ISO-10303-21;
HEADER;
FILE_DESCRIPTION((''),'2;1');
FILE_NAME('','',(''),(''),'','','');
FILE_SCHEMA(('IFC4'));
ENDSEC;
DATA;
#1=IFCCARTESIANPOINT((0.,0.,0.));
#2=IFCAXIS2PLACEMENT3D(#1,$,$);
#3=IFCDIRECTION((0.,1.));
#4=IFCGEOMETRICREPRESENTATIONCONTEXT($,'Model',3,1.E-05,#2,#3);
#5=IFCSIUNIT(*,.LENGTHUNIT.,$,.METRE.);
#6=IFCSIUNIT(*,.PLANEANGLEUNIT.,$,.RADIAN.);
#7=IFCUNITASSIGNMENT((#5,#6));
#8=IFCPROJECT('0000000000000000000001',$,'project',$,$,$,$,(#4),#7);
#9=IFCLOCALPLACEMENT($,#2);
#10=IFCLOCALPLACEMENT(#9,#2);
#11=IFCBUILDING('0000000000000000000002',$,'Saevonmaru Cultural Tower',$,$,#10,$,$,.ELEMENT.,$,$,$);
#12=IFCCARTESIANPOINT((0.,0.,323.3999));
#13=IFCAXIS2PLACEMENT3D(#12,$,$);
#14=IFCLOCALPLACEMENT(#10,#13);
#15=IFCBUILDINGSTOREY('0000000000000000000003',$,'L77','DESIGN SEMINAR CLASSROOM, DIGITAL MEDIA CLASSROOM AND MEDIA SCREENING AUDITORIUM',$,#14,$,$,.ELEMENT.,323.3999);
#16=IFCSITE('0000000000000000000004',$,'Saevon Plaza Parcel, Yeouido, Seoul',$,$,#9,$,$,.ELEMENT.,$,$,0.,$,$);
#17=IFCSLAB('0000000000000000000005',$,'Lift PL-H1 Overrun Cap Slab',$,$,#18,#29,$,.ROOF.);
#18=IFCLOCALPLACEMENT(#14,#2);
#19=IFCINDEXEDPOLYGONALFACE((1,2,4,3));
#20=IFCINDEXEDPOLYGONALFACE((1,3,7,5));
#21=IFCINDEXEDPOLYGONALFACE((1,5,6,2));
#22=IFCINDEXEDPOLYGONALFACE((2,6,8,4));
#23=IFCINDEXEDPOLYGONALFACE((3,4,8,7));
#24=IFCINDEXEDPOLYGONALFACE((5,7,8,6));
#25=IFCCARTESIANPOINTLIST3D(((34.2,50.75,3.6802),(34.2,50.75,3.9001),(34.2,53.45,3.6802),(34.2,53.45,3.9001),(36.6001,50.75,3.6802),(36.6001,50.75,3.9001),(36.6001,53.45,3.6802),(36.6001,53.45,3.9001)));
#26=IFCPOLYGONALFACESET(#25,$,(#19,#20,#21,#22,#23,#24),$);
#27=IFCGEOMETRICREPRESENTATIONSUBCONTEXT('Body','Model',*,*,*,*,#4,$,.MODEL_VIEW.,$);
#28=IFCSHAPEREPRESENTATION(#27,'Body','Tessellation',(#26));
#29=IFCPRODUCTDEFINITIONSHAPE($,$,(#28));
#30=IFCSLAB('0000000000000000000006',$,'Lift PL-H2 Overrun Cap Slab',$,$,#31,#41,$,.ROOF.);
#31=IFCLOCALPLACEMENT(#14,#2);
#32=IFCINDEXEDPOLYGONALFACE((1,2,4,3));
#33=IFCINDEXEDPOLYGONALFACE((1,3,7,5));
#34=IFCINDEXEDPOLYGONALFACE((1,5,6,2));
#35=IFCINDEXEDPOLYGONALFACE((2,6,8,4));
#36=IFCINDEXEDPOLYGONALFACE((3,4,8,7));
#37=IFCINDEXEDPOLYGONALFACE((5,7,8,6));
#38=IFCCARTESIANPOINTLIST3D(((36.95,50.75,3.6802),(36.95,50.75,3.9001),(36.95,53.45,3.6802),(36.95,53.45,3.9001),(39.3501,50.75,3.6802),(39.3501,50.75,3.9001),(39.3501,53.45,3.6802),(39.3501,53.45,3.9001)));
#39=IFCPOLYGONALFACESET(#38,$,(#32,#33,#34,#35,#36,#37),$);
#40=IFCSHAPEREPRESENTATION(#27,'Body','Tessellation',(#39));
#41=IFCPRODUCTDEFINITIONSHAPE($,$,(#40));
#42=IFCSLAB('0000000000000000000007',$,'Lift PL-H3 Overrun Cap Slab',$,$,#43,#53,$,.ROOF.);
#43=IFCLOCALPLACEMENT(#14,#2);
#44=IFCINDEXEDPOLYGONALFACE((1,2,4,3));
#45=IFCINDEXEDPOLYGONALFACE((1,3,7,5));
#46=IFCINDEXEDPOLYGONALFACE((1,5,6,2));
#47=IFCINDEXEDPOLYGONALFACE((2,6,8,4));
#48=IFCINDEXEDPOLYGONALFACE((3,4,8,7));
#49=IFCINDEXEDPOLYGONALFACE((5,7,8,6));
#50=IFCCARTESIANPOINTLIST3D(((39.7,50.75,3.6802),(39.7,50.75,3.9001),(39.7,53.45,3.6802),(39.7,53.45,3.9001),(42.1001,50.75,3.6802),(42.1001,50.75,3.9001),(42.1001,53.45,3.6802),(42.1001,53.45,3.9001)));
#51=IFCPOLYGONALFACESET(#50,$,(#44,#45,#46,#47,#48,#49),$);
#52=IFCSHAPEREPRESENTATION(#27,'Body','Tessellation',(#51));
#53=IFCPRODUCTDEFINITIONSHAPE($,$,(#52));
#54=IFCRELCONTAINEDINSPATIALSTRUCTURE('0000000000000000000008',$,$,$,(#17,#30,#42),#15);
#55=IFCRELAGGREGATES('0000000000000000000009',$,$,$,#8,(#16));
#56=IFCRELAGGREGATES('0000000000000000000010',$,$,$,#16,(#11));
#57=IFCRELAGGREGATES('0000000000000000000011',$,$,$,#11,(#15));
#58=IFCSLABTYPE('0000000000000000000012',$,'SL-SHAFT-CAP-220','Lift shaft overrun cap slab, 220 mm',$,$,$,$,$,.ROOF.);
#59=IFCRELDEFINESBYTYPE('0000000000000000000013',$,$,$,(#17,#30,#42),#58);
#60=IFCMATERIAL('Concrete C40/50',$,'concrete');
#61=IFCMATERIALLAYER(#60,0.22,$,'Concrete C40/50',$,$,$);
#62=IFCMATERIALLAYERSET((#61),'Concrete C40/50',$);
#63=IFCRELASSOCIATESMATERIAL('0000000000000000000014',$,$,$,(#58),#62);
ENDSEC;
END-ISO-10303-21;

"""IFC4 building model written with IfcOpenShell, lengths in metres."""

from ifc_helpers import new_model, si_unit, direction, frame, origin, place, context, subcontext, project, spatial, polyline, outline, extrude, material, layer, layer_set, type_object, element, save


model = new_model("IFC4")

# Units and contexts
model_context = context("Model", 3, precision=1e-05, world=origin(), true_north=direction((0.0, 1.0)))
body_context = subcontext(model_context, "Body", "Model", "MODEL_VIEW")
ifc_project = project(units=[si_unit("LENGTHUNIT", "METRE"), si_unit("PLANEANGLEUNIT", "RADIAN")], contexts=[model_context])

# Site, building, storey
site_placement = place(None, origin())
site = spatial("IfcSite", under=ifc_project, at=site_placement, Name="Saevon Plaza Parcel, Yeouido, Seoul", CompositionType="ELEMENT", RefElevation=0.0)
building_placement = place(site_placement, origin())
building = spatial("IfcBuilding", under=site, at=building_placement, Name="Saevonmaru Cultural Tower", CompositionType="ELEMENT")
storey_placement = place(building_placement, frame((0.0, 0.0, 323.3999)))
storey = spatial("IfcBuildingStorey", under=building, at=storey_placement, Name="L77", Description="DESIGN SEMINAR CLASSROOM, DIGITAL MEDIA CLASSROOM AND MEDIA SCREENING AUDITORIUM", CompositionType="ELEMENT", Elevation=323.3999)

# Slabs
ifc_material_1 = material(Name="Concrete C40/50", Category="concrete")
ifc_layer_1 = layer(ifc_material_1, 0.22, Name="Concrete C40/50")
ifc_layer_set_1 = layer_set([ifc_layer_1], Name="Concrete C40/50")
slab_type_1 = type_object("IfcSlabType", Name="SL-SHAFT-CAP-220", Description="Lift shaft overrun cap slab, 220 mm", PredefinedType="ROOF", material=ifc_layer_set_1)
slab_1_placement = place(storey_placement, frame((0.0, 0.0, 3.6802)))
element("IfcSlab", 1, at=slab_1_placement, inside=storey, type_object=slab_type_1, Name="Lift PL-H1 Overrun Cap Slab", PredefinedType="ROOF", context=body_context, shape_type="SweptSolid", body=[
    extrude(outline(polyline([(34.2, 50.75), (36.6001, 50.75), (36.6001, 53.45), (34.2, 53.45), (34.2, 50.75)])), origin(), (0.0, 0.0, 1.0), 0.22),
])
slab_2_placement = place(storey_placement, frame((0.0, 0.0, 3.6802)))
element("IfcSlab", 2, at=slab_2_placement, inside=storey, type_object=slab_type_1, Name="Lift PL-H2 Overrun Cap Slab", PredefinedType="ROOF", context=body_context, shape_type="SweptSolid", body=[
    extrude(outline(polyline([(36.95, 50.75), (39.3501, 50.75), (39.3501, 53.45), (36.95, 53.45), (36.95, 50.75)])), origin(), (0.0, 0.0, 1.0), 0.22),
])
slab_3_placement = place(storey_placement, frame((0.0, 0.0, 3.6802)))
element("IfcSlab", 3, at=slab_3_placement, inside=storey, type_object=slab_type_1, Name="Lift PL-H3 Overrun Cap Slab", PredefinedType="ROOF", context=body_context, shape_type="SweptSolid", body=[
    extrude(outline(polyline([(39.7, 50.75), (42.1001, 50.75), (42.1001, 53.45), (39.7, 53.45), (39.7, 50.75)])), origin(), (0.0, 0.0, 1.0), 0.22),
])

save(model, "model.ifc")
